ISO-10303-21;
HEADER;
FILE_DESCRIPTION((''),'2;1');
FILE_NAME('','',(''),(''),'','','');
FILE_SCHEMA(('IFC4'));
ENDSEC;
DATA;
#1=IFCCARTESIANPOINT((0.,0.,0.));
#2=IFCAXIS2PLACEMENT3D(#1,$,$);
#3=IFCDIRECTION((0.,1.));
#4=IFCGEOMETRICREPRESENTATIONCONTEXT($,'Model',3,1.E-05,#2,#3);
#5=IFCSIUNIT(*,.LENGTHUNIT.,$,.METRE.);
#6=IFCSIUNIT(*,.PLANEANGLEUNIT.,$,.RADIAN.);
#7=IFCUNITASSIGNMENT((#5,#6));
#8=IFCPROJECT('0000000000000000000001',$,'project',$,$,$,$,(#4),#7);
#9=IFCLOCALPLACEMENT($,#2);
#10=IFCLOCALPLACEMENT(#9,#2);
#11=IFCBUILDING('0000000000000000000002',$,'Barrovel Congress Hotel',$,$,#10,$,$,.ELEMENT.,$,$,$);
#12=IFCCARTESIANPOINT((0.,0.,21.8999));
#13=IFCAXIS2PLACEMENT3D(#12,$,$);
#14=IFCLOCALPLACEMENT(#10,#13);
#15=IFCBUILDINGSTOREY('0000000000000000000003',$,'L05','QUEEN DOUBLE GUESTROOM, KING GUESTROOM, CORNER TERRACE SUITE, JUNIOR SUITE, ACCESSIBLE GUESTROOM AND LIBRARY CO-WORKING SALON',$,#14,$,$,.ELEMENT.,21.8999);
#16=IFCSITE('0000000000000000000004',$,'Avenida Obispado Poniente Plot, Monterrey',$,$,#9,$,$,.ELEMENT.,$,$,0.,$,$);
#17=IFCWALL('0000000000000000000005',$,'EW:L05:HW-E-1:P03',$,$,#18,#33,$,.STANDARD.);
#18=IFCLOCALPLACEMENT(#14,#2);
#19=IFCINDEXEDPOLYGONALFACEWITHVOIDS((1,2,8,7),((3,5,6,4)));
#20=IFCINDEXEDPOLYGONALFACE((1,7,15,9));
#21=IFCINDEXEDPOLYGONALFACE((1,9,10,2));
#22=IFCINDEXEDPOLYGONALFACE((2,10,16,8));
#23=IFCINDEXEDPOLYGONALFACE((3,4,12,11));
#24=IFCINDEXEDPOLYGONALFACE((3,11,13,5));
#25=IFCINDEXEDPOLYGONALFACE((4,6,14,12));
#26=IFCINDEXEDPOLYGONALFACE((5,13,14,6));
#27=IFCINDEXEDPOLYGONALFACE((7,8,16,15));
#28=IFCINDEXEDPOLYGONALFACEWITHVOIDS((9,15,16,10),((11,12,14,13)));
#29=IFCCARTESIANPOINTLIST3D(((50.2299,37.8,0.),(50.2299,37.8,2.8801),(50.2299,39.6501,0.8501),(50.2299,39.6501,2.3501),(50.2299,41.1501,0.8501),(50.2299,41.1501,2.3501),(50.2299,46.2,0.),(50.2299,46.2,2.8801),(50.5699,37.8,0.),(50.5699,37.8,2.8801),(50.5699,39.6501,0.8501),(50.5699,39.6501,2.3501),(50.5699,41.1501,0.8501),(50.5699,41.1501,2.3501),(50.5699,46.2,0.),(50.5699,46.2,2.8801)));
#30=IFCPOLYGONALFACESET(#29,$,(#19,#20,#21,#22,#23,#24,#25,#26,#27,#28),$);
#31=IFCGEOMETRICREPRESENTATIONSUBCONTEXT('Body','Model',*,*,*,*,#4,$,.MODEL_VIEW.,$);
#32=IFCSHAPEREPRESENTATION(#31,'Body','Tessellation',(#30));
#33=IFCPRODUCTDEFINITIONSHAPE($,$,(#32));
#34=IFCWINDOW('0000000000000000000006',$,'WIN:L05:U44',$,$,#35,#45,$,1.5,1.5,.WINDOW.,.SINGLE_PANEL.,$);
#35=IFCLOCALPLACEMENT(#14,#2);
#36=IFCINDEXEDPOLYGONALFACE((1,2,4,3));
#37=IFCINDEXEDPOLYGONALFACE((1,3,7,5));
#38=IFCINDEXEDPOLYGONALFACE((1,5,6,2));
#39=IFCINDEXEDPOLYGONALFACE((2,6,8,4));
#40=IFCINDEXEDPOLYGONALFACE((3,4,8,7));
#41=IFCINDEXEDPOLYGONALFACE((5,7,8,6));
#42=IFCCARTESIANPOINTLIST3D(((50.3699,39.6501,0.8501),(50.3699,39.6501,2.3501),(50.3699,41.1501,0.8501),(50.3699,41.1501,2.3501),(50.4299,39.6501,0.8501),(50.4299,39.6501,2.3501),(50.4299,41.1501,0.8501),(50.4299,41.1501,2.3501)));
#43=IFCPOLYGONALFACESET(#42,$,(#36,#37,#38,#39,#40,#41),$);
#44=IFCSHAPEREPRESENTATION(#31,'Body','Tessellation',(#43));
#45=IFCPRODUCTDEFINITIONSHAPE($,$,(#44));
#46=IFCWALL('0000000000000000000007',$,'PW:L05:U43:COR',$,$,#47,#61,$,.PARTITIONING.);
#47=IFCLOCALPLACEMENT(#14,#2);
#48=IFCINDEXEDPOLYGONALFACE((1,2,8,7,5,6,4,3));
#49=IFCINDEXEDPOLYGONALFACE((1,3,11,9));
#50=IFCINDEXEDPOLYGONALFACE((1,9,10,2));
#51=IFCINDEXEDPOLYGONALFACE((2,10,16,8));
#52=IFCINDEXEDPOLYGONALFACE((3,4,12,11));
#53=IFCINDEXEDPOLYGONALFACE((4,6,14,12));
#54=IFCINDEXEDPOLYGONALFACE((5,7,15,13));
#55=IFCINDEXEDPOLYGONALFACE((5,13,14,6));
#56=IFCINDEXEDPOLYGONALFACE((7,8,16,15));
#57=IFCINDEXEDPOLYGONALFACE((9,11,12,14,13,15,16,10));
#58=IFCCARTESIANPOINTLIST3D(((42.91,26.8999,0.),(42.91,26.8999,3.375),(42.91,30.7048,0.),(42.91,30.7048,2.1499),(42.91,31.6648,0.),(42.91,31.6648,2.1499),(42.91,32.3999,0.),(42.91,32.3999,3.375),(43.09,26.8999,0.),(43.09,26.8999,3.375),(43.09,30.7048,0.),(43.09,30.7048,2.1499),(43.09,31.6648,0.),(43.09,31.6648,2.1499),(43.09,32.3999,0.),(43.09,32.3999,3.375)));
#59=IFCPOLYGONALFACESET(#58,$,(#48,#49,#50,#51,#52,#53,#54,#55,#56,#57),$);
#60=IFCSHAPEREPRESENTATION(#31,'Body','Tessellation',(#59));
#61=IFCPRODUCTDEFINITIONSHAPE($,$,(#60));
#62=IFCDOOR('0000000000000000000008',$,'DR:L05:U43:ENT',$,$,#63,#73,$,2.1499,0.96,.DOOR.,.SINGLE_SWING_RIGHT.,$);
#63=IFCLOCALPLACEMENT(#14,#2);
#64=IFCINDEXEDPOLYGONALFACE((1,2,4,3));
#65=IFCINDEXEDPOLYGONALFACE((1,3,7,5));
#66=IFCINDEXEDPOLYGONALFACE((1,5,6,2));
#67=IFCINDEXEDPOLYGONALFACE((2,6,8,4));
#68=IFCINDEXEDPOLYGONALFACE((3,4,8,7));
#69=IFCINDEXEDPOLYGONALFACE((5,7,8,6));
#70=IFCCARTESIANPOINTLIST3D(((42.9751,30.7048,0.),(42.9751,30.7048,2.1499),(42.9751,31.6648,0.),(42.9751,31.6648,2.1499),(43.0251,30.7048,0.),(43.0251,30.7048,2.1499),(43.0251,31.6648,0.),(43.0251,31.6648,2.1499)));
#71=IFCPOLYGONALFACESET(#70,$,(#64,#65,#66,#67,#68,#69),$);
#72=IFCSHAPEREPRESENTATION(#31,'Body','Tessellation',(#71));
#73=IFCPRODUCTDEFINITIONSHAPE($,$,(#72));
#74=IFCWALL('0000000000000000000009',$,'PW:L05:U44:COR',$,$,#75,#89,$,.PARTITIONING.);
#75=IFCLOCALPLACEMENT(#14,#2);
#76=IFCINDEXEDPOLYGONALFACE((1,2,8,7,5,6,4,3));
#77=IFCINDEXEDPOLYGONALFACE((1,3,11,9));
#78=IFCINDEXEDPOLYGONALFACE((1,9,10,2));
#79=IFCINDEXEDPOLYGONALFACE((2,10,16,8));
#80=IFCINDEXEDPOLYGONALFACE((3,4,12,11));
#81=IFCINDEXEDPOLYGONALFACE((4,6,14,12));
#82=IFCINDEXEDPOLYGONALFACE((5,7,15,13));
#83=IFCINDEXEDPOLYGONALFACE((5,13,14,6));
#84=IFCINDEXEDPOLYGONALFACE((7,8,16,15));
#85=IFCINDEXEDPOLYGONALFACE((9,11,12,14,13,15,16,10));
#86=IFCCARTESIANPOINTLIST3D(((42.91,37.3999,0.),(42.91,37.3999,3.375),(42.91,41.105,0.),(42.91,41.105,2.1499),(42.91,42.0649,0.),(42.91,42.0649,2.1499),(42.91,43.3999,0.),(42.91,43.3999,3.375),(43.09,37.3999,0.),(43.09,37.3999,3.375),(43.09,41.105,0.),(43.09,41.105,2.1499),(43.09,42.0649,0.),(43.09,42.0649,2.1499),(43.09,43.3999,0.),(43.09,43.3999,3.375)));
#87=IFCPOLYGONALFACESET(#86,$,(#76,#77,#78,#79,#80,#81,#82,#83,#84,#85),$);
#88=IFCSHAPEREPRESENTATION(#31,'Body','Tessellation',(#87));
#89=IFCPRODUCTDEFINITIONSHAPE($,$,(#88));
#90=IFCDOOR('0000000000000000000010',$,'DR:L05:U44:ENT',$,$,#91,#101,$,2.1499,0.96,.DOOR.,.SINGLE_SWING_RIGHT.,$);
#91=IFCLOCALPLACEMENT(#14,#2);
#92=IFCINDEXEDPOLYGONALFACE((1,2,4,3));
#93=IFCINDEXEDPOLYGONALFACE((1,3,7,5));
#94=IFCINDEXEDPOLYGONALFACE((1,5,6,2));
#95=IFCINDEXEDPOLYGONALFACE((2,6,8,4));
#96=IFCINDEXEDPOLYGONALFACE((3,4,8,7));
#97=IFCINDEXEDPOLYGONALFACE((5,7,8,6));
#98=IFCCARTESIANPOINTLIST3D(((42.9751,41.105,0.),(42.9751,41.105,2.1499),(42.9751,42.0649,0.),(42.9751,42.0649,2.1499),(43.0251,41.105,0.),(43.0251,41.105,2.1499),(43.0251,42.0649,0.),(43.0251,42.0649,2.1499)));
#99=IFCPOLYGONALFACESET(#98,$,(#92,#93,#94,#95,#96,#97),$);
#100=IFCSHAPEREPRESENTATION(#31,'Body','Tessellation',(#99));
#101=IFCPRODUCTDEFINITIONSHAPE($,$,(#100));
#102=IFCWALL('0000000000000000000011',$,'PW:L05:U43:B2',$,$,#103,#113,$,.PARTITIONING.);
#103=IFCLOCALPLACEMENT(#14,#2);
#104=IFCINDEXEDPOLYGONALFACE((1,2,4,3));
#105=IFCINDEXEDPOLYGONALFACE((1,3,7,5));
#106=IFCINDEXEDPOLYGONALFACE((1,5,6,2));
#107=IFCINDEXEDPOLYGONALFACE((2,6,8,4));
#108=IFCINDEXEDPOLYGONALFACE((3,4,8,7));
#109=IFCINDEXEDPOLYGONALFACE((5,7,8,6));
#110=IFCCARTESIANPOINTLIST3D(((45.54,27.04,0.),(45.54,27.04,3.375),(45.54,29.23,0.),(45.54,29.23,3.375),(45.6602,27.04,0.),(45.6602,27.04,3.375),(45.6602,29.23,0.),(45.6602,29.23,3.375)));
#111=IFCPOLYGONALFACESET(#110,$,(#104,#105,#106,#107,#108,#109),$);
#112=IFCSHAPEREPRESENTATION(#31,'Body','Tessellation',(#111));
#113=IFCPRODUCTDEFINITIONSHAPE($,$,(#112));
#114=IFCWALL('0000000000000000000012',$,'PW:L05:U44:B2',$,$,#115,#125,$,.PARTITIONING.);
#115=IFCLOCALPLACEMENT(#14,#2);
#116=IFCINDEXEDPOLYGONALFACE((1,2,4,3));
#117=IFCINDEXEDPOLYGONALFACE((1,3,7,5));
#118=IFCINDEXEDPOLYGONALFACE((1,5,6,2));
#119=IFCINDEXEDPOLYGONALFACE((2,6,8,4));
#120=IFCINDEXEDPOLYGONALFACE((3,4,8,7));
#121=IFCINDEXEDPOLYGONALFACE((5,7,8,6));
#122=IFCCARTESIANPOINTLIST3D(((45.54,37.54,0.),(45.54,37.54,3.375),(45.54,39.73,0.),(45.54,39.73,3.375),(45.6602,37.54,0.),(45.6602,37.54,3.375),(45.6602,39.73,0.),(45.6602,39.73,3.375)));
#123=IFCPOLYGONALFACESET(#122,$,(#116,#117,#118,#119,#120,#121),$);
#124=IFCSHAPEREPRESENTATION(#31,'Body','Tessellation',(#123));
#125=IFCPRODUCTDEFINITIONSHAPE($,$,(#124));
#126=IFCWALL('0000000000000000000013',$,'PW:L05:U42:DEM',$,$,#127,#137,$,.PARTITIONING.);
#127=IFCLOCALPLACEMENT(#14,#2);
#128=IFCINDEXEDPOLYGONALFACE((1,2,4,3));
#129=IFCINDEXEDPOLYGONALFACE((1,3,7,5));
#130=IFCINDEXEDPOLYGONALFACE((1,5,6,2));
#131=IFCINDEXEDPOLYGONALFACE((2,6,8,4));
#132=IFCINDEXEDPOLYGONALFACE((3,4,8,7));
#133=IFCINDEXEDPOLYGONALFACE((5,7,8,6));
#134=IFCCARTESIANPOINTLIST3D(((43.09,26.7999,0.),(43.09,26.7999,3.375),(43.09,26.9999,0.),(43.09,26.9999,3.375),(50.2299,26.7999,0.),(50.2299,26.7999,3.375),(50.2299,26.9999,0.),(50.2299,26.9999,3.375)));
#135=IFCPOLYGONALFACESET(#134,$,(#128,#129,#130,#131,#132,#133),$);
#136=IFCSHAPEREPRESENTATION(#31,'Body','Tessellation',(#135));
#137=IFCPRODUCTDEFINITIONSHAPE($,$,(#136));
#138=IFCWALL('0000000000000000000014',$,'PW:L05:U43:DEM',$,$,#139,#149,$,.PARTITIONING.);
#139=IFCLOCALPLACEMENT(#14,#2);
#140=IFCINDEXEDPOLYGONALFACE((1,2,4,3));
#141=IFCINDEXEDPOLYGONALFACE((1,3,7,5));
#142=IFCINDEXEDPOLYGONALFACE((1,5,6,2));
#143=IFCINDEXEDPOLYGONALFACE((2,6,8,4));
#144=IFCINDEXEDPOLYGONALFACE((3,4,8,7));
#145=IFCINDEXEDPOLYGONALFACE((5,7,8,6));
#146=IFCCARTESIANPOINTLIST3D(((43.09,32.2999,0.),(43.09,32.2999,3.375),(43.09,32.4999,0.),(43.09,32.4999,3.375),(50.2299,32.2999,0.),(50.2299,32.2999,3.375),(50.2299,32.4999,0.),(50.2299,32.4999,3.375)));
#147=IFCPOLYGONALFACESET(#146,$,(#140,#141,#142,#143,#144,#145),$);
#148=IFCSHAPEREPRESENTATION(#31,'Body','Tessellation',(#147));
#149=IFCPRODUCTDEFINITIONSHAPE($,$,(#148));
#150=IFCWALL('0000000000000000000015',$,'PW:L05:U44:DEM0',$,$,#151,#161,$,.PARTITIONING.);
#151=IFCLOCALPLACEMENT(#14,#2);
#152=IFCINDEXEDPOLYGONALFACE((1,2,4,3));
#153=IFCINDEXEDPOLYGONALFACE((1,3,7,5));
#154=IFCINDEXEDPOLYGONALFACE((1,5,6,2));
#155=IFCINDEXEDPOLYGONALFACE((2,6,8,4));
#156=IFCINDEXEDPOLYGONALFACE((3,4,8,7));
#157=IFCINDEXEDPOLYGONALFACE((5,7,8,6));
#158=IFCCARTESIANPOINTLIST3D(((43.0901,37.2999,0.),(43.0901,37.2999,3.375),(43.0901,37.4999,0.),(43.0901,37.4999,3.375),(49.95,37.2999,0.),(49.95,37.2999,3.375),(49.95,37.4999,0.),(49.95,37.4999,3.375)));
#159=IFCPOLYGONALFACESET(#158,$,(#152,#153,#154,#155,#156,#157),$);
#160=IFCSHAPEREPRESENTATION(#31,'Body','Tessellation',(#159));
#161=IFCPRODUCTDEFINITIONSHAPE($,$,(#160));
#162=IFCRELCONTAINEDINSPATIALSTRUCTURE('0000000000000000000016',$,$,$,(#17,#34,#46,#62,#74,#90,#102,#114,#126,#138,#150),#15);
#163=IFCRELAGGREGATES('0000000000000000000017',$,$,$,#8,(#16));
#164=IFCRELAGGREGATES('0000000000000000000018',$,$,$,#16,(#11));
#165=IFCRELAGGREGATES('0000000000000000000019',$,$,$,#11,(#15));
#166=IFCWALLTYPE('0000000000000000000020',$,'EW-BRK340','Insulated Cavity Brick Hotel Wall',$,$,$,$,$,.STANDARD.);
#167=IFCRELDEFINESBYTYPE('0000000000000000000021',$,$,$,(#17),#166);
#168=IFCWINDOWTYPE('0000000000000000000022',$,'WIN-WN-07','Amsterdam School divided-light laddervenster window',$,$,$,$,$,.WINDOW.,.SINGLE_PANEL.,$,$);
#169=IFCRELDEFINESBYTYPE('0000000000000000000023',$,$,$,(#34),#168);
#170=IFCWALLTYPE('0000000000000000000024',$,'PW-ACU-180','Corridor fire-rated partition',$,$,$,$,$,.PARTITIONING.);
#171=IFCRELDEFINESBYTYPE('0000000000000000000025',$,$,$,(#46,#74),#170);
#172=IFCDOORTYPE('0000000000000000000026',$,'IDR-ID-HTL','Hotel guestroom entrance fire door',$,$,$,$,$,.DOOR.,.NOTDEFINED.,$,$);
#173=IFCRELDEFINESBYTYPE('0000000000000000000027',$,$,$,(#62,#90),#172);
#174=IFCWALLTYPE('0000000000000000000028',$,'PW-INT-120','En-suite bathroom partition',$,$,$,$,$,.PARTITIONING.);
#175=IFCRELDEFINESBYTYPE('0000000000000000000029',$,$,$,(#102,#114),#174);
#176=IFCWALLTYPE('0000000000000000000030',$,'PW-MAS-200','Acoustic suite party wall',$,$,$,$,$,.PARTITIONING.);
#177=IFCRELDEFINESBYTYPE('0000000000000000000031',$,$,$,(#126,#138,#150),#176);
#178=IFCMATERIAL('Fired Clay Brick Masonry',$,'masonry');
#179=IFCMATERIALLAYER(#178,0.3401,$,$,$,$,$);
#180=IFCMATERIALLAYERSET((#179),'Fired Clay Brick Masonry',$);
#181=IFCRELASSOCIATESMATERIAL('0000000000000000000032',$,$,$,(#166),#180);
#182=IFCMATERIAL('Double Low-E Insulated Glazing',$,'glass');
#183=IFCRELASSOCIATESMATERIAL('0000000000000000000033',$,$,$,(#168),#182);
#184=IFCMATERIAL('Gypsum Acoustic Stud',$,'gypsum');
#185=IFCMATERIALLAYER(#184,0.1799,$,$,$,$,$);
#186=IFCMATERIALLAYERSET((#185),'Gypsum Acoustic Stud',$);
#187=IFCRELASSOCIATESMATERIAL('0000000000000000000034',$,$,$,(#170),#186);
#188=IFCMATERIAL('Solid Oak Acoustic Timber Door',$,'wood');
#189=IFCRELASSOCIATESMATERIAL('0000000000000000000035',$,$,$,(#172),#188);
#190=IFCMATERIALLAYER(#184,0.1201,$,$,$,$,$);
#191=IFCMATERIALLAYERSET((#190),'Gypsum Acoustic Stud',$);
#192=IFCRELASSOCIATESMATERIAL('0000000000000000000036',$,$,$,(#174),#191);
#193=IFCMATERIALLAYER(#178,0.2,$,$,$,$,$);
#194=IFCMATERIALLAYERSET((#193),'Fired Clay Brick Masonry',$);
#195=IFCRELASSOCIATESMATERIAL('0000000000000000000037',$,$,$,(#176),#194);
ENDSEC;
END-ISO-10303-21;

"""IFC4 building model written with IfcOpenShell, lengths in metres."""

from ifc_helpers import new_model, si_unit, direction, frame, frame_2d, origin, place, context, subcontext, project, spatial, rectangle, extrude, material, layer, layer_set, type_object, element, fill, save


model = new_model("IFC4")

# Units and contexts
model_context = context("Model", 3, precision=1e-05, world=origin(), true_north=direction((0.0, 1.0)))
body_context = subcontext(model_context, "Body", "Model", "MODEL_VIEW")
ifc_project = project(units=[si_unit("LENGTHUNIT", "METRE"), si_unit("PLANEANGLEUNIT", "RADIAN")], contexts=[model_context])

# Site, building, storey
site_placement = place(None, origin())
site = spatial("IfcSite", under=ifc_project, at=site_placement, Name="Avenida Obispado Poniente Plot, Monterrey", CompositionType="ELEMENT", RefElevation=0.0)
building_placement = place(site_placement, origin())
building = spatial("IfcBuilding", under=site, at=building_placement, Name="Barrovel Congress Hotel", CompositionType="ELEMENT")
storey_placement = place(building_placement, frame((0.0, 0.0, 21.8999)))
storey = spatial("IfcBuildingStorey", under=building, at=storey_placement, Name="L05", Description="QUEEN DOUBLE GUESTROOM, KING GUESTROOM, CORNER TERRACE SUITE, JUNIOR SUITE, ACCESSIBLE GUESTROOM AND LIBRARY CO-WORKING SALON", CompositionType="ELEMENT", Elevation=21.8999)

# Wall, opening, window
ifc_material_1 = material(Name="Fired Clay Brick Masonry", Category="masonry")
ifc_layer_1 = layer(ifc_material_1, 0.3401)
ifc_layer_set_1 = layer_set([ifc_layer_1], Name="Fired Clay Brick Masonry")
wall_type_1 = type_object("IfcWallType", Name="EW-BRK340", Description="Insulated Cavity Brick Hotel Wall", PredefinedType="STANDARD", material=ifc_layer_set_1)
ifc_material_2 = material(Name="Double Low-E Insulated Glazing", Category="glass")
window_type = type_object("IfcWindowType", Name="WIN-WN-07", Description="Amsterdam School divided-light laddervenster window", PartitioningType="SINGLE_PANEL", PredefinedType="WINDOW", material=ifc_material_2)
wall_1_placement = place(storey_placement, frame((50.3999, 37.8, 0.0), z_axis=(0.0, 0.0, 1.0), x_axis=(0.0, 1.0, 0.0)))
wall_1 = element("IfcWall", 1, at=wall_1_placement, inside=storey, type_object=wall_type_1, Name="EW:L05:HW-E-1:P03", PredefinedType="STANDARD", context=body_context, shape_type="SweptSolid", body=[
    extrude(rectangle(XDim=8.3999, YDim=0.3401, at=frame_2d((4.2, 0.0))), origin(), (0.0, 0.0, 1.0), 2.8801),
])
opening_1_placement = place(wall_1_placement, frame((1.8501, 0.0, 0.8501)))
opening_1 = element("IfcOpeningElement", 2, at=opening_1_placement, cuts=wall_1, PredefinedType="OPENING", context=body_context, shape_type="SweptSolid", body=[
    extrude(rectangle(XDim=1.5, YDim=1.5, at=frame_2d((0.75, 0.75))), frame((0.0, 0.1802, 0.0), z_axis=(0.0, -1.0, 0.0), x_axis=(1.0, 0.0, 0.0)), (0.0, 0.0, 1.0), 0.3601),
])
window_1_placement = place(opening_1_placement, origin())
window_1 = element("IfcWindow", 3, at=window_1_placement, inside=storey, type_object=window_type, Name="WIN:L05:U44", OverallHeight=1.5, OverallWidth=1.5, PartitioningType="SINGLE_PANEL", PredefinedType="WINDOW", context=body_context, shape_type="SweptSolid", body=[
    extrude(rectangle(XDim=1.5, YDim=1.5, at=frame_2d((0.75, 0.75))), frame((0.0, 0.03, 0.0), z_axis=(0.0, -1.0, 0.0), x_axis=(1.0, 0.0, 0.0)), (0.0, 0.0, 1.0), 0.0601),
])
fill(opening_1, window_1)

# Walls, openings, doors
ifc_material_3 = material(Name="Gypsum Acoustic Stud", Category="gypsum")
ifc_layer_2 = layer(ifc_material_3, 0.1799)
ifc_layer_set_2 = layer_set([ifc_layer_2], Name="Gypsum Acoustic Stud")
wall_type_2 = type_object("IfcWallType", Name="PW-ACU-180", Description="Corridor fire-rated partition", PredefinedType="PARTITIONING", material=ifc_layer_set_2)
wall_2_placement = place(storey_placement, frame((43.0, 26.8999, 0.0), z_axis=(0.0, 0.0, 1.0), x_axis=(0.0, 1.0, 0.0)))
wall_2 = element("IfcWall", 4, at=wall_2_placement, inside=storey, type_object=wall_type_2, Name="PW:L05:U43:COR", PredefinedType="PARTITIONING", context=body_context, shape_type="SweptSolid", body=[
    extrude(rectangle(XDim=5.5, YDim=0.1799, at=frame_2d((2.75, 0.0))), origin(), (0.0, 0.0, 1.0), 3.375),
])
opening_2_placement = place(wall_2_placement, frame((3.8049, 0.0, 0.0)))
opening_2 = element("IfcOpeningElement", 5, at=opening_2_placement, cuts=wall_2, PredefinedType="OPENING", context=body_context, shape_type="SweptSolid", body=[
    extrude(rectangle(XDim=0.96, YDim=2.1499, at=frame_2d((0.48, 1.075))), frame((0.0, 0.1001, 0.0), z_axis=(0.0, -1.0, 0.0), x_axis=(1.0, 0.0, 0.0)), (0.0, 0.0, 1.0), 0.2),
])
ifc_material_4 = material(Name="Solid Oak Acoustic Timber Door", Category="wood")
door_type_1 = type_object("IfcDoorType", Name="IDR-ID-HTL", Description="Hotel guestroom entrance fire door", OperationType="NOTDEFINED", PredefinedType="DOOR", material=ifc_material_4)
door_1_placement = place(opening_2_placement, origin())
door_1 = element("IfcDoor", 6, at=door_1_placement, inside=storey, type_object=door_type_1, Name="DR:L05:U43:ENT", OperationType="SINGLE_SWING_RIGHT", OverallHeight=2.1499, OverallWidth=0.96, PredefinedType="DOOR", context=body_context, shape_type="SweptSolid", body=[
    extrude(rectangle(XDim=0.96, YDim=2.1499, at=frame_2d((0.48, 1.075))), frame((0.0, 0.0249, 0.0), z_axis=(0.0, -1.0, 0.0), x_axis=(1.0, 0.0, 0.0)), (0.0, 0.0, 1.0), 0.05),
])
fill(opening_2, door_1)
wall_3_placement = place(storey_placement, frame((43.0, 37.3999, 0.0), z_axis=(0.0, 0.0, 1.0), x_axis=(0.0, 1.0, 0.0)))
wall_3 = element("IfcWall", 7, at=wall_3_placement, inside=storey, type_object=wall_type_2, Name="PW:L05:U44:COR", PredefinedType="PARTITIONING", context=body_context, shape_type="SweptSolid", body=[
    extrude(rectangle(XDim=6.0, YDim=0.1799, at=frame_2d((3.0, 0.0))), origin(), (0.0, 0.0, 1.0), 3.375),
])
opening_3_placement = place(wall_3_placement, frame((3.7051, 0.0, 0.0)))
opening_3 = element("IfcOpeningElement", 8, at=opening_3_placement, cuts=wall_3, PredefinedType="OPENING", context=body_context, shape_type="SweptSolid", body=[
    extrude(rectangle(XDim=0.96, YDim=2.1499, at=frame_2d((0.48, 1.075))), frame((0.0, 0.1001, 0.0), z_axis=(0.0, -1.0, 0.0), x_axis=(1.0, 0.0, 0.0)), (0.0, 0.0, 1.0), 0.2),
])
door_2_placement = place(opening_3_placement, origin())
door_2 = element("IfcDoor", 9, at=door_2_placement, inside=storey, type_object=door_type_1, Name="DR:L05:U44:ENT", OperationType="SINGLE_SWING_RIGHT", OverallHeight=2.1499, OverallWidth=0.96, PredefinedType="DOOR", context=body_context, shape_type="SweptSolid", body=[
    extrude(rectangle(XDim=0.96, YDim=2.1499, at=frame_2d((0.48, 1.075))), frame((0.0, 0.0249, 0.0), z_axis=(0.0, -1.0, 0.0), x_axis=(1.0, 0.0, 0.0)), (0.0, 0.0, 1.0), 0.05),
])
fill(opening_3, door_2)

# Walls
ifc_layer_3 = layer(ifc_material_3, 0.1201)
ifc_layer_set_3 = layer_set([ifc_layer_3], Name="Gypsum Acoustic Stud")
wall_type_3 = type_object("IfcWallType", Name="PW-INT-120", Description="En-suite bathroom partition", PredefinedType="PARTITIONING", material=ifc_layer_set_3)
for number, where, z_axis, x_axis, name in (
    (10, (45.6001, 27.04, 0.0), (0.0, 0.0, 1.0), (0.0, 1.0, 0.0), "PW:L05:U43:B2"),
    (11, (45.6001, 37.54, 0.0), (0.0, 0.0, 1.0), (0.0, 1.0, 0.0), "PW:L05:U44:B2"),
):
    element("IfcWall", number, at=place(storey_placement, frame(where, z_axis=z_axis, x_axis=x_axis)), inside=storey, type_object=wall_type_3, Name=name, PredefinedType="PARTITIONING", context=body_context, shape_type="SweptSolid", body=[
        extrude(rectangle(XDim=2.1899, YDim=0.1201, at=frame_2d((1.095, 0.0))), origin(), (0.0, 0.0, 1.0), 3.375),
    ])
ifc_layer_4 = layer(ifc_material_1, 0.2)
ifc_layer_set_4 = layer_set([ifc_layer_4], Name="Fired Clay Brick Masonry")
wall_type_4 = type_object("IfcWallType", Name="PW-MAS-200", Description="Acoustic suite party wall", PredefinedType="PARTITIONING", material=ifc_layer_set_4)
for number, where, z_axis, x_axis, name in (
    (12, (43.0901, 26.8999, 0.0), (0.0, 0.0, 1.0), (1.0, 0.0, 0.0), "PW:L05:U42:DEM"),
    (13, (43.0901, 32.3999, 0.0), (0.0, 0.0, 1.0), (1.0, 0.0, 0.0), "PW:L05:U43:DEM"),
):
    element("IfcWall", number, at=place(storey_placement, frame(where, z_axis=z_axis, x_axis=x_axis)), inside=storey, type_object=wall_type_4, Name=name, PredefinedType="PARTITIONING", context=body_context, shape_type="SweptSolid", body=[
        extrude(rectangle(XDim=7.1399, YDim=0.2, at=frame_2d((3.5698, 0.0))), origin(), (0.0, 0.0, 1.0), 3.375),
    ])
wall_4_placement = place(storey_placement, frame((43.0901, 37.3999, 0.0), z_axis=(0.0, 0.0, 1.0), x_axis=(1.0, 0.0, 0.0)))
element("IfcWall", 14, at=wall_4_placement, inside=storey, type_object=wall_type_4, Name="PW:L05:U44:DEM0", PredefinedType="PARTITIONING", context=body_context, shape_type="SweptSolid", body=[
    extrude(rectangle(XDim=6.8599, YDim=0.2, at=frame_2d((3.4299, 0.0))), origin(), (0.0, 0.0, 1.0), 3.375),
])

save(model, "model.ifc")
